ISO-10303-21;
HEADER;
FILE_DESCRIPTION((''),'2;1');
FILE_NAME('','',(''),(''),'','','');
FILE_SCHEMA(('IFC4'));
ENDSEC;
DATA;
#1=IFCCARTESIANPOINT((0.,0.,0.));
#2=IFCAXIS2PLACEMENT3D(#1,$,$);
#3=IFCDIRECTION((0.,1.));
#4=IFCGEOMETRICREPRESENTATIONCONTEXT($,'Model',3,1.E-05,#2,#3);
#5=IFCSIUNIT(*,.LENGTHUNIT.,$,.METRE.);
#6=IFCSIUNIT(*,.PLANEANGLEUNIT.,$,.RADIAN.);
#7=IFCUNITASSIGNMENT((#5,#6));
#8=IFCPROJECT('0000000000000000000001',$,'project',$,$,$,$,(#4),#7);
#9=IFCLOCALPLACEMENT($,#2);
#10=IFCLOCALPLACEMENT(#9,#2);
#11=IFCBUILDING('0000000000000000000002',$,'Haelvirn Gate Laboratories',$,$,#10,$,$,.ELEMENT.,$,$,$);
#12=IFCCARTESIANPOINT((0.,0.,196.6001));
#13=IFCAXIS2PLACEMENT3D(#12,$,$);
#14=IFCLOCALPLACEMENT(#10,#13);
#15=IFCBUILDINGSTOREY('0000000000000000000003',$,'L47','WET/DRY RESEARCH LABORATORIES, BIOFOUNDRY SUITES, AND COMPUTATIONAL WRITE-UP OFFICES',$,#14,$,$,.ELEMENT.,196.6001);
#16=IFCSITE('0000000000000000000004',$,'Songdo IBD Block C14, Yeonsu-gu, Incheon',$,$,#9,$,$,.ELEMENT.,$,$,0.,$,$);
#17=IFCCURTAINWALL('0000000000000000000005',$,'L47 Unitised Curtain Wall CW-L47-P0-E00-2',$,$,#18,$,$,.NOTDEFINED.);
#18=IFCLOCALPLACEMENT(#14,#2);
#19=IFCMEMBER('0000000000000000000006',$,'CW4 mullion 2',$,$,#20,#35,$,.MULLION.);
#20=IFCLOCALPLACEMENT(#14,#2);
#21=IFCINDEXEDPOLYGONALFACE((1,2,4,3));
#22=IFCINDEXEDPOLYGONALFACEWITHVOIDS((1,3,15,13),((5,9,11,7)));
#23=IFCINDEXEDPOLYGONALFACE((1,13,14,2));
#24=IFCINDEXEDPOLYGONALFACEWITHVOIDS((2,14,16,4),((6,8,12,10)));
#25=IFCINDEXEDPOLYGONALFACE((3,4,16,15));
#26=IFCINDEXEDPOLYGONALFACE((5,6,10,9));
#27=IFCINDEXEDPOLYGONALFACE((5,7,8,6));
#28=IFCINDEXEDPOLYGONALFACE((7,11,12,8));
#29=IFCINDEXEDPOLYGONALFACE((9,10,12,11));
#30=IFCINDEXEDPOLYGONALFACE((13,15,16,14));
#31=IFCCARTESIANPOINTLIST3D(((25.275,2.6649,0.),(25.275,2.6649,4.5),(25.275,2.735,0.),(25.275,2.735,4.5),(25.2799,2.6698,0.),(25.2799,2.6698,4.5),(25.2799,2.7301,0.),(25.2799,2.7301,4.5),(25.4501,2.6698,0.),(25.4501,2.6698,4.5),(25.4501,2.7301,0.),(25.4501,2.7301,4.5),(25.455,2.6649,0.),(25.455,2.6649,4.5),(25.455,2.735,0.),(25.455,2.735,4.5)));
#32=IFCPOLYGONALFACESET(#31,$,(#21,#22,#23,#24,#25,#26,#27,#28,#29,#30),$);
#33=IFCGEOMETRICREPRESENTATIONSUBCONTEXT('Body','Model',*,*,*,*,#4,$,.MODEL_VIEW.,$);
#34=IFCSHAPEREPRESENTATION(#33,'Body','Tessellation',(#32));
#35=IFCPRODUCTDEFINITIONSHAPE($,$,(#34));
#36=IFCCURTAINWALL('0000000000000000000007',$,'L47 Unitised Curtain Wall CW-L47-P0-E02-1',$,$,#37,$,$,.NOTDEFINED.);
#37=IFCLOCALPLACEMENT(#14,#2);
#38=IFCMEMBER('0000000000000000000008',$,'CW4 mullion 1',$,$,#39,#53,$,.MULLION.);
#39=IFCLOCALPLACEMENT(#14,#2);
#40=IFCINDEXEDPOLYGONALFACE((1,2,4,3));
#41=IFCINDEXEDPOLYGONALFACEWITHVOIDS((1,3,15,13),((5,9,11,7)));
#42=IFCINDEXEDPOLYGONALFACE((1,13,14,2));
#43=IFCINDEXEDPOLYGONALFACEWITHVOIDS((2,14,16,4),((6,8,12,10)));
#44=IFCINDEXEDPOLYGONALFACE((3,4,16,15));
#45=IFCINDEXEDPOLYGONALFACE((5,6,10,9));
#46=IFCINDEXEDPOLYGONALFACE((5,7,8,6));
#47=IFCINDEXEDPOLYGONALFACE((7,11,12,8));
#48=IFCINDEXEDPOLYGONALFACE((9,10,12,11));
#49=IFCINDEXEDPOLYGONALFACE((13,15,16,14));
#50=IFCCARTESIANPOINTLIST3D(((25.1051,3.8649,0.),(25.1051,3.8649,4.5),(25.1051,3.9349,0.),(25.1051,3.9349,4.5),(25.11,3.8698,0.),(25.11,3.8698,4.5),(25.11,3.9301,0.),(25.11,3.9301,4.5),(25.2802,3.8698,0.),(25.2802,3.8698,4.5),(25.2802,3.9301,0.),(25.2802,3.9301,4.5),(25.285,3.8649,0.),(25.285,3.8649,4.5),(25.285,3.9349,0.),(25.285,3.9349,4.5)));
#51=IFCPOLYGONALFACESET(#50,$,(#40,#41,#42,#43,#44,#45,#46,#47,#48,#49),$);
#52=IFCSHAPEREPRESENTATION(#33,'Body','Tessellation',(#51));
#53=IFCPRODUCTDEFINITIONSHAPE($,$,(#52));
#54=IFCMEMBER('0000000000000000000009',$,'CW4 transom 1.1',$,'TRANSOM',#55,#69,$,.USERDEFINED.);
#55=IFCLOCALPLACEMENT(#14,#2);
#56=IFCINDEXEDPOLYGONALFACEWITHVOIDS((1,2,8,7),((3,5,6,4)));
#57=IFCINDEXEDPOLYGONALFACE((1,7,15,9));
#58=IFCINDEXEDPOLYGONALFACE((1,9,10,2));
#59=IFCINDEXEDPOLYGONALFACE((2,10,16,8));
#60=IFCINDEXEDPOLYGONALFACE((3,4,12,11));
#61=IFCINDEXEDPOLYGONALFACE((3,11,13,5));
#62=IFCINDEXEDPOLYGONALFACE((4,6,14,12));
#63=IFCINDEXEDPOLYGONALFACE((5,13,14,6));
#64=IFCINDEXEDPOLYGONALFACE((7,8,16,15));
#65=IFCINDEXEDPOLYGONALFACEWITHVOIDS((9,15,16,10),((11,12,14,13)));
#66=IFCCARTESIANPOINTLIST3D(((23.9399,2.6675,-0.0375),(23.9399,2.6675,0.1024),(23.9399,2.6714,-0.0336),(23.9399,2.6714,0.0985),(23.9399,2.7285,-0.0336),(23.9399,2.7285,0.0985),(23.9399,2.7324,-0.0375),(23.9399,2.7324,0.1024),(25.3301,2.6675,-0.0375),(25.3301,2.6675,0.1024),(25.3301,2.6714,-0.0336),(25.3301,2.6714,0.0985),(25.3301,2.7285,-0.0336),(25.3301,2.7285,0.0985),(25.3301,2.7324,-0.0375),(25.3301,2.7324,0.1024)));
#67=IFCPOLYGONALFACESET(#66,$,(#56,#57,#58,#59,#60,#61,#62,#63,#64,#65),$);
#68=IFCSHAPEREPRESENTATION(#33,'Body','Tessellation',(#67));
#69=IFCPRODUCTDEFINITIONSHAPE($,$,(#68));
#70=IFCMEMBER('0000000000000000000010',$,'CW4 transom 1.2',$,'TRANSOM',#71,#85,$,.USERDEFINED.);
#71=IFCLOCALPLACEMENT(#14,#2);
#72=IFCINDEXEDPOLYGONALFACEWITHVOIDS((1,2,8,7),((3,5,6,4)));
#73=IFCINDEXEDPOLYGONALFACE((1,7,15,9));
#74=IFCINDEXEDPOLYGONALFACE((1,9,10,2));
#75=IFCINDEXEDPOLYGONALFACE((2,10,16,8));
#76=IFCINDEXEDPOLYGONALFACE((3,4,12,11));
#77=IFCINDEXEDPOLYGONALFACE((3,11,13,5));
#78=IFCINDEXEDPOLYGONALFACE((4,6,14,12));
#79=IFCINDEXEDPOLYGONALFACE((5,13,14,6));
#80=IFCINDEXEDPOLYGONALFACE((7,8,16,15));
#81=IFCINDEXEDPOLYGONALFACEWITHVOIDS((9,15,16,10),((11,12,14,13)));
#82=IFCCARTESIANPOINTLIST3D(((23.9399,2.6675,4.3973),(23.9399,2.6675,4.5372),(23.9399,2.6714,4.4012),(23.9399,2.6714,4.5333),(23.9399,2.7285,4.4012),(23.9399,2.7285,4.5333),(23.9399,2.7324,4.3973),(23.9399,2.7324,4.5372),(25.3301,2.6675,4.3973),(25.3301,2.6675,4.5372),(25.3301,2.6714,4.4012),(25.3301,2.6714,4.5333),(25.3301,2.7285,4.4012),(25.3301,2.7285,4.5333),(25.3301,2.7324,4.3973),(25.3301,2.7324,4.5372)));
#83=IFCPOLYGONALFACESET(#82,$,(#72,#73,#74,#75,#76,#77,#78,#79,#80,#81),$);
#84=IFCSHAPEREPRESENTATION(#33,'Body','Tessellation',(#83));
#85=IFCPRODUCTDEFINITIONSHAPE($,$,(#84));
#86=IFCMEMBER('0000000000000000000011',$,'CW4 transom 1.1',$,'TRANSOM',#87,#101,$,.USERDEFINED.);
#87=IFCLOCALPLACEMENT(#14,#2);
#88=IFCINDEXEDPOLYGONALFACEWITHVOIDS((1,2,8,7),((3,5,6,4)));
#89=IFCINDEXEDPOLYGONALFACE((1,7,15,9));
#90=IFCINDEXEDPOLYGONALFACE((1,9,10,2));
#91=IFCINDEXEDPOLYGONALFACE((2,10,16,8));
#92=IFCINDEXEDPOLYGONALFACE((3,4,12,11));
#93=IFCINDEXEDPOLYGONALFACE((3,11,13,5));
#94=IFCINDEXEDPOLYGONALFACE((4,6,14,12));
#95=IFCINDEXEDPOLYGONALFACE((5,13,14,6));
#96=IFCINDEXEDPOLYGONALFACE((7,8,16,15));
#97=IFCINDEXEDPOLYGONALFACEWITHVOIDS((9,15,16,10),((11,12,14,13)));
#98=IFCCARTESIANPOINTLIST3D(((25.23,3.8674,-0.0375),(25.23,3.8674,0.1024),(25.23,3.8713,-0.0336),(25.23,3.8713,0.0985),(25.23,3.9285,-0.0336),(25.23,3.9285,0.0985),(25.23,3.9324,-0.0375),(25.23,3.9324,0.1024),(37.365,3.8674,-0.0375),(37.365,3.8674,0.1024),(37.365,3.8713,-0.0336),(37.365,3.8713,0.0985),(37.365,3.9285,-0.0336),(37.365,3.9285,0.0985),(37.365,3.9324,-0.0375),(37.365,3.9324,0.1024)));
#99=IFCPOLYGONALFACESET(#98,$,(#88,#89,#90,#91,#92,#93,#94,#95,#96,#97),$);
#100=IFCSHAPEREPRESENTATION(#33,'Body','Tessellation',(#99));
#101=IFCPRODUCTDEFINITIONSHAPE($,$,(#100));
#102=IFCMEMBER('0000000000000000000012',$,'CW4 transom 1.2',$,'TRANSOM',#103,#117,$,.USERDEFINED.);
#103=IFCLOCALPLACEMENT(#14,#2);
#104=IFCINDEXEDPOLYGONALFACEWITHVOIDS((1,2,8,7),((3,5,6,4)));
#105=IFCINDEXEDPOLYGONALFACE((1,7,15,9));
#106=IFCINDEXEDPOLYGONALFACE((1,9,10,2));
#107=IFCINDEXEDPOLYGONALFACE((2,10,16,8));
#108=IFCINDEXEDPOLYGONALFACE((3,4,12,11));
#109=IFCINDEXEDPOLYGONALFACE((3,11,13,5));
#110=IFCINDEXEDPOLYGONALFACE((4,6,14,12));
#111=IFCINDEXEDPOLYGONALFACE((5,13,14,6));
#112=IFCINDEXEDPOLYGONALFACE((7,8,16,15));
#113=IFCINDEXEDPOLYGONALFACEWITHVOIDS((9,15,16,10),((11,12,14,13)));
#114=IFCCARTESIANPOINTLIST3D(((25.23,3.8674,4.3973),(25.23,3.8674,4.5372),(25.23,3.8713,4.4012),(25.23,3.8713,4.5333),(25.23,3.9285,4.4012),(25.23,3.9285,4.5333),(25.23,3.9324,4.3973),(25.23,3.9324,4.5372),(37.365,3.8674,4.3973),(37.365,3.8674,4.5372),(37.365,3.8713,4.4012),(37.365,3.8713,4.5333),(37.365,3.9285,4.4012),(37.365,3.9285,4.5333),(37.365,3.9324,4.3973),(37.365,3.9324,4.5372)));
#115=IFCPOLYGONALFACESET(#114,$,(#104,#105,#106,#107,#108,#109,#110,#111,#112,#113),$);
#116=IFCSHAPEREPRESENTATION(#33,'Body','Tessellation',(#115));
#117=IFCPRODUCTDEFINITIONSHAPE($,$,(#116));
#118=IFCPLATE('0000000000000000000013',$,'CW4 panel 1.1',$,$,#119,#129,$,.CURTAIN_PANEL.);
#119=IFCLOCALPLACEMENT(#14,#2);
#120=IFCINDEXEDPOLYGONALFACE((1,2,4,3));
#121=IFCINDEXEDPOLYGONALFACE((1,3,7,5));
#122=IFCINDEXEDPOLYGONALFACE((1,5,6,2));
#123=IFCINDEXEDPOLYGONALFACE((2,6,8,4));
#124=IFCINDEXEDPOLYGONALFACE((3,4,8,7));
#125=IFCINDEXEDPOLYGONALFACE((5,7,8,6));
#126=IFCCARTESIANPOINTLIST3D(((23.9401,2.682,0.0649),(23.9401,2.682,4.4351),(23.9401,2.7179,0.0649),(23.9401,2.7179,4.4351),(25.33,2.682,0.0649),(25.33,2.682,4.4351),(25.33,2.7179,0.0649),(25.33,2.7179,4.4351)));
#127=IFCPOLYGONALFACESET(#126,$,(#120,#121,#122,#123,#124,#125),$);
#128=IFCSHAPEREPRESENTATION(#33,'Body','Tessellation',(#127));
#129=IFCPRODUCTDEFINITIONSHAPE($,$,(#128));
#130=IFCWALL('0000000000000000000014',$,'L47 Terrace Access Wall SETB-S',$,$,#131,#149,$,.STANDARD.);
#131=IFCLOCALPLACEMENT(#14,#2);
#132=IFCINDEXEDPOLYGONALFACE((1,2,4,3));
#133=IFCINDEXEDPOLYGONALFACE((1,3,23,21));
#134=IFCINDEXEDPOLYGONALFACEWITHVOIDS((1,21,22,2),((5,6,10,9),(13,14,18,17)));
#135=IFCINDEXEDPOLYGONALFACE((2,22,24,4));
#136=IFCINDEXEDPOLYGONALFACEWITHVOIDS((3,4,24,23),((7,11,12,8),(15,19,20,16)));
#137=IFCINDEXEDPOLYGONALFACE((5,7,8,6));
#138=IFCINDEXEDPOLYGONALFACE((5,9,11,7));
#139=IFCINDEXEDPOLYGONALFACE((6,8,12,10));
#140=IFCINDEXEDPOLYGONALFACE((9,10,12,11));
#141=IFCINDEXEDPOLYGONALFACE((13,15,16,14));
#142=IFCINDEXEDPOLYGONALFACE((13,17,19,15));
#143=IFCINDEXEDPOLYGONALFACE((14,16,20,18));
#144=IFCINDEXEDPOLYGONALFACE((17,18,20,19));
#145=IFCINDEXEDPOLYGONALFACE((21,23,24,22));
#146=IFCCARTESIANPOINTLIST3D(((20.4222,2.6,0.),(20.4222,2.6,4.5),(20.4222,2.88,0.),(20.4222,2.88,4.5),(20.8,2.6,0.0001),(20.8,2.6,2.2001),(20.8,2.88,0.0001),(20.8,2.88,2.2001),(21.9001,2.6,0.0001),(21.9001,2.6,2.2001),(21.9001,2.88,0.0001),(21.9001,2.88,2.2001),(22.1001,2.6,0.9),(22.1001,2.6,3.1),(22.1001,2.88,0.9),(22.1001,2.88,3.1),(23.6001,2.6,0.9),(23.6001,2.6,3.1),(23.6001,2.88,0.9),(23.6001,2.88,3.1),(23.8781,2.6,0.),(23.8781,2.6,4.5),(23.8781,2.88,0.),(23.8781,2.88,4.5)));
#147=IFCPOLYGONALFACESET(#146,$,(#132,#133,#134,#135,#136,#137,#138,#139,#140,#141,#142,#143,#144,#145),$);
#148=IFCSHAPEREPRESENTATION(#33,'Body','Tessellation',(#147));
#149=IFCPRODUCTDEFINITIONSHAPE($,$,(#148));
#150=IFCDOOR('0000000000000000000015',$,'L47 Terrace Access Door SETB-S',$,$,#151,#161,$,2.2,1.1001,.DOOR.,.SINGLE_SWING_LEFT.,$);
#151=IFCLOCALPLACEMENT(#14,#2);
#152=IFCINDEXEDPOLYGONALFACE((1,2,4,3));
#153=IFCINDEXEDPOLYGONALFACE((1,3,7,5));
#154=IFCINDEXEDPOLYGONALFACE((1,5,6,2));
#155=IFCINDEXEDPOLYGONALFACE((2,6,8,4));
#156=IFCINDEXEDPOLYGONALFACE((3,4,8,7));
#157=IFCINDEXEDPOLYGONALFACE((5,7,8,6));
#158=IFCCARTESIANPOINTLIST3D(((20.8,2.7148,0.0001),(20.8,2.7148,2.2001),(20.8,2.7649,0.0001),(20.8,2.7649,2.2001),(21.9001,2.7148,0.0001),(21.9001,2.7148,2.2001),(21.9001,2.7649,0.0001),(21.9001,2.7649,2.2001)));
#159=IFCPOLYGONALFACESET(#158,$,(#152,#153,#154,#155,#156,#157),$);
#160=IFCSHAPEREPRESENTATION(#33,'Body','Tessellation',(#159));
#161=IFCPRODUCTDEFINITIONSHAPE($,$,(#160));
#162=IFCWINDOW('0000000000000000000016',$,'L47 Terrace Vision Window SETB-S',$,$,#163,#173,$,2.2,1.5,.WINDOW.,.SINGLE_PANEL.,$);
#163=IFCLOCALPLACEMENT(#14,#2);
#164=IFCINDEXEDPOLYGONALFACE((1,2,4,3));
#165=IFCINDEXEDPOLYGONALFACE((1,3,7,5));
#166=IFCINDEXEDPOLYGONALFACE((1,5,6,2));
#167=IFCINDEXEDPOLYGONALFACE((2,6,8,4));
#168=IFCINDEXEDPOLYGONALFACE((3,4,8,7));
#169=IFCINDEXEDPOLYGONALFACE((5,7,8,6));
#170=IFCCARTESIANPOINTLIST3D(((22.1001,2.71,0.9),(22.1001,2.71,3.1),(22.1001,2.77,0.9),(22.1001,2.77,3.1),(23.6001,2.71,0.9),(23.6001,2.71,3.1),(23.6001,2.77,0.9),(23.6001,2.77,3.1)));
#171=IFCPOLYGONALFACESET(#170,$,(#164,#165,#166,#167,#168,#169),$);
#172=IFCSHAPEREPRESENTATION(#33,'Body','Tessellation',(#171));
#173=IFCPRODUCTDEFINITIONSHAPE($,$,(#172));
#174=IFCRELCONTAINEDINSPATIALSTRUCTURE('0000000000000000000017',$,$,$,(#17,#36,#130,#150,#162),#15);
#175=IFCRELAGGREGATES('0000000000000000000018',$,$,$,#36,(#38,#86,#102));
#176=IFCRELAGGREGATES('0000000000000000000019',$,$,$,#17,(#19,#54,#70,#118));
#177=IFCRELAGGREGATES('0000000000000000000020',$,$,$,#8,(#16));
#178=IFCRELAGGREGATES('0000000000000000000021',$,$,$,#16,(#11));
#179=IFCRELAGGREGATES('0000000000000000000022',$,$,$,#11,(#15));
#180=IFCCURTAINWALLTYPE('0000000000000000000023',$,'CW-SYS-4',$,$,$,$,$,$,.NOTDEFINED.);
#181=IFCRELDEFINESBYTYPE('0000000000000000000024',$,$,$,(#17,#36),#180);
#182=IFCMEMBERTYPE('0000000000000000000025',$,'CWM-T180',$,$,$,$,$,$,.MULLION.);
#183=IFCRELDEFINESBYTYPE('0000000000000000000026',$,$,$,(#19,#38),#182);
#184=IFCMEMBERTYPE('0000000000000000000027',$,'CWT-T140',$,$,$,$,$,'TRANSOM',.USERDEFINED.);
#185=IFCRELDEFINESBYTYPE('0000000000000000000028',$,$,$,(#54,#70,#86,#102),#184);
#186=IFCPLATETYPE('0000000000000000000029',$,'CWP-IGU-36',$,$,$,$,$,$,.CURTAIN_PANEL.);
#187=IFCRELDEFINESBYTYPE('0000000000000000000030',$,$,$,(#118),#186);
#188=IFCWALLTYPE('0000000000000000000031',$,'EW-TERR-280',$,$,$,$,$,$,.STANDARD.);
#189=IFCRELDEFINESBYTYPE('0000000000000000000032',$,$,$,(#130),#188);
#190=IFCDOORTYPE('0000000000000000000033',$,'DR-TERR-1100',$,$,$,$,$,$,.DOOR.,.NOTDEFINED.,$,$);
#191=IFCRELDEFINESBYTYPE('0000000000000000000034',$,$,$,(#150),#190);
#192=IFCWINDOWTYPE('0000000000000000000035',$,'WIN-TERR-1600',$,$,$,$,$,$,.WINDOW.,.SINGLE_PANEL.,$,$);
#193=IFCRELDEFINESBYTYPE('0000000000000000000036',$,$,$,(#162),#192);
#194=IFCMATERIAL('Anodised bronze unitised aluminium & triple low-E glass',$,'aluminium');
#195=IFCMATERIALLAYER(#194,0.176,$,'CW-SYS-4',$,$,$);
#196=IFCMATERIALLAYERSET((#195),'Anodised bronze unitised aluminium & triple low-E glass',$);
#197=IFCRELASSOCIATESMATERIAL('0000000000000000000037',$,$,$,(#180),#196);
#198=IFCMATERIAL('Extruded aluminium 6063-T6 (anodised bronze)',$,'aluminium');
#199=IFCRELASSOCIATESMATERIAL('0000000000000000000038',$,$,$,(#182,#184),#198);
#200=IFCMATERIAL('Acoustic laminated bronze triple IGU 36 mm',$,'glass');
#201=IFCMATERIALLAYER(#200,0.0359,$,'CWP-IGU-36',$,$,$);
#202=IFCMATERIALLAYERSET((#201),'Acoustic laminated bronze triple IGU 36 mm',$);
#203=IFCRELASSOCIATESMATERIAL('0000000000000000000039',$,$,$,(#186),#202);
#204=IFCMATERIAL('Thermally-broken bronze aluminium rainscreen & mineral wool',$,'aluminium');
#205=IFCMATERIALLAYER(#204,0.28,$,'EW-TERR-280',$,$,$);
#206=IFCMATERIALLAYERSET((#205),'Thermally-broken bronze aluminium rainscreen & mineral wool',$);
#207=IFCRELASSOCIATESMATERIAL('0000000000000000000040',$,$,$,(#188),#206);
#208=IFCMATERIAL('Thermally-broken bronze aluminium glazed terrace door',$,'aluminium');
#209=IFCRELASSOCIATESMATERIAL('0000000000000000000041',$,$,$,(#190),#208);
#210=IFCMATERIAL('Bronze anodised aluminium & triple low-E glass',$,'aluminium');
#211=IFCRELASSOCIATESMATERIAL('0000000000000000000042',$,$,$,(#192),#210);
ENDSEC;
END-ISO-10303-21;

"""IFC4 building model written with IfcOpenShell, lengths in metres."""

from ifc_helpers import new_model, si_unit, direction, frame, frame_2d, origin, origin_2d, place, context, subcontext, project, spatial, rectangle, hollow_rectangle, extrude, source, transform, mapped, material, layer, layer_set, material_profile, profile_set, type_object, type_shapes, element, fill, aggregate, save


model = new_model("IFC4")

# Units and contexts
model_context = context("Model", 3, precision=1e-05, world=origin(), true_north=direction((0.0, 1.0)))
body_context = subcontext(model_context, "Body", "Model", "MODEL_VIEW")
ifc_project = project(units=[si_unit("LENGTHUNIT", "METRE"), si_unit("PLANEANGLEUNIT", "RADIAN")], contexts=[model_context])

# Site, building, storey
site_placement = place(None, origin())
site = spatial("IfcSite", under=ifc_project, at=site_placement, Name="Songdo IBD Block C14, Yeonsu-gu, Incheon", CompositionType="ELEMENT", RefElevation=0.0)
building_placement = place(site_placement, origin())
building = spatial("IfcBuilding", under=site, at=building_placement, Name="Haelvirn Gate Laboratories", CompositionType="ELEMENT")
storey_placement = place(building_placement, frame((0.0, 0.0, 196.6001)))
storey = spatial("IfcBuildingStorey", under=building, at=storey_placement, Name="L47", Description="WET/DRY RESEARCH LABORATORIES, BIOFOUNDRY SUITES, AND COMPUTATIONAL WRITE-UP OFFICES", CompositionType="ELEMENT", Elevation=196.6001)

# Shared definitions
ifc_material_1 = material(Name="Anodised bronze unitised aluminium & triple low-E glass", Category="aluminium")
ifc_layer_1 = layer(ifc_material_1, 0.176, Name="CW-SYS-4")
ifc_layer_set_1 = layer_set([ifc_layer_1], Name="Anodised bronze unitised aluminium & triple low-E glass")
curtain_wall_type = type_object("IfcCurtainWallType", Name="CW-SYS-4", PredefinedType="NOTDEFINED", material=ifc_layer_set_1)
ifc_material_2 = material(Name="Extruded aluminium 6063-T6 (anodised bronze)", Category="aluminium")
ifc_material_profile_1 = material_profile(ifc_material_2, hollow_rectangle(XDim=0.0701, YDim=0.1799, WallThickness=0.0049, at=origin_2d()), Name="CWM-180x70x5")
ifc_profile_set_1 = profile_set([ifc_material_profile_1], Name="Extruded aluminium 6063-T6 (anodised bronze)")
member_type_1 = type_object("IfcMemberType", Name="CWM-T180", PredefinedType="MULLION", material=ifc_profile_set_1)
shared_shape_1 = source(origin(), body_context, "Body", "SweptSolid", [
    extrude(hollow_rectangle(XDim=0.0701, YDim=0.1799, WallThickness=0.0049, at=origin_2d()), origin(), (0.0, 0.0, 1.0), 4.5),
])
type_shapes(member_type_1, [shared_shape_1])

# Curtain wall, member
curtain_wall_1_placement = place(storey_placement, origin())
curtain_wall_1 = element("IfcCurtainWall", 1, at=curtain_wall_1_placement, inside=storey, type_object=curtain_wall_type, Name="L47 Unitised Curtain Wall CW-L47-P0-E00-2", PredefinedType="NOTDEFINED")
member_1_placement = place(storey_placement, frame((25.365, 2.7, 0.0), z_axis=(0.0, 0.0, 1.0), x_axis=(0.0, 1.0, 0.0)))
member_1 = element("IfcMember", 2, at=member_1_placement, type_object=member_type_1, Name="CW4 mullion 2", PredefinedType="MULLION", context=body_context, shape_type="MappedRepresentation", body=[
    mapped(shared_shape_1, transform((0.0, 0.0, 0.0), scale=1.0)),
])

# Curtain wall, member
curtain_wall_2_placement = place(storey_placement, origin())
curtain_wall_2 = element("IfcCurtainWall", 3, at=curtain_wall_2_placement, inside=storey, type_object=curtain_wall_type, Name="L47 Unitised Curtain Wall CW-L47-P0-E02-1", PredefinedType="NOTDEFINED")
member_2_placement = place(storey_placement, frame((25.1951, 3.8999, 0.0), z_axis=(0.0, 0.0, 1.0), x_axis=(0.0, 1.0, 0.0)))
member_2 = element("IfcMember", 4, at=member_2_placement, type_object=member_type_1, Name="CW4 mullion 1", PredefinedType="MULLION", context=body_context, shape_type="MappedRepresentation", body=[
    mapped(shared_shape_1, transform((0.0, 0.0, 0.0), scale=1.0)),
])

# Members
ifc_material_profile_2 = material_profile(ifc_material_2, hollow_rectangle(XDim=0.0649, YDim=0.1399, WallThickness=0.0039, at=origin_2d()), Name="CWT-140x65x4")
ifc_profile_set_2 = profile_set([ifc_material_profile_2], Name="Extruded aluminium 6063-T6 (anodised bronze)")
member_type_2 = type_object("IfcMemberType", Name="CWT-T140", ElementType="TRANSOM", PredefinedType="USERDEFINED", material=ifc_profile_set_2)
shared_shape_2 = source(origin(), body_context, "Body", "SweptSolid", [
    extrude(hollow_rectangle(XDim=0.0649, YDim=0.1399, WallThickness=0.0039, at=origin_2d()), origin(), (0.0, 0.0, 1.0), 1.3901),
])
member_3_placement = place(storey_placement, frame((23.9399, 2.7, 0.0325), z_axis=(1.0, 0.0, 0.0), x_axis=(0.0, 1.0, 0.0)))
member_3 = element("IfcMember", 5, at=member_3_placement, type_object=member_type_2, Name="CW4 transom 1.1", ObjectType="TRANSOM", PredefinedType="USERDEFINED", context=body_context, shape_type="MappedRepresentation", body=[
    mapped(shared_shape_2, transform((0.0, 0.0, 0.0), scale=1.0)),
])
member_4_placement = place(storey_placement, frame((23.9399, 2.7, 4.4673), z_axis=(1.0, 0.0, 0.0), x_axis=(0.0, 1.0, 0.0)))
member_4 = element("IfcMember", 6, at=member_4_placement, type_object=member_type_2, Name="CW4 transom 1.2", ObjectType="TRANSOM", PredefinedType="USERDEFINED", context=body_context, shape_type="MappedRepresentation", body=[
    mapped(shared_shape_2, transform((0.0, 0.0, 0.0), scale=1.0)),
])
shared_shape_3 = source(origin(), body_context, "Body", "SweptSolid", [
    extrude(hollow_rectangle(XDim=0.0649, YDim=0.1399, WallThickness=0.0039, at=origin_2d()), origin(), (0.0, 0.0, 1.0), 12.135),
])
type_shapes(member_type_2, [shared_shape_2, shared_shape_3])
member_5_placement = place(storey_placement, frame((25.23, 3.8999, 0.0325), z_axis=(1.0, 0.0, 0.0), x_axis=(0.0, 1.0, 0.0)))
member_5 = element("IfcMember", 7, at=member_5_placement, type_object=member_type_2, Name="CW4 transom 1.1", ObjectType="TRANSOM", PredefinedType="USERDEFINED", context=body_context, shape_type="MappedRepresentation", body=[
    mapped(shared_shape_3, transform((0.0, 0.0, 0.0), scale=1.0)),
])
member_6_placement = place(storey_placement, frame((25.23, 3.8999, 4.4673), z_axis=(1.0, 0.0, 0.0), x_axis=(0.0, 1.0, 0.0)))
member_6 = element("IfcMember", 8, at=member_6_placement, type_object=member_type_2, Name="CW4 transom 1.2", ObjectType="TRANSOM", PredefinedType="USERDEFINED", context=body_context, shape_type="MappedRepresentation", body=[
    mapped(shared_shape_3, transform((0.0, 0.0, 0.0), scale=1.0)),
])
aggregate(curtain_wall_2, [member_2, member_5, member_6])

# Plate
ifc_material_3 = material(Name="Acoustic laminated bronze triple IGU 36 mm", Category="glass")
ifc_layer_2 = layer(ifc_material_3, 0.0359, Name="CWP-IGU-36")
ifc_layer_set_2 = layer_set([ifc_layer_2], Name="Acoustic laminated bronze triple IGU 36 mm")
plate_type = type_object("IfcPlateType", Name="CWP-IGU-36", PredefinedType="CURTAIN_PANEL", material=ifc_layer_set_2)
shared_shape_4 = source(origin(), body_context, "Body", "SweptSolid", [
    extrude(rectangle(XDim=1.3899, YDim=0.0359, at=origin_2d()), origin(), (0.0, 0.0, 1.0), 4.3701),
])
type_shapes(plate_type, [shared_shape_4])
plate_placement = place(storey_placement, frame((24.635, 2.7, 0.0649), z_axis=(0.0, 0.0, 1.0), x_axis=(1.0, 0.0, 0.0)))
plate = element("IfcPlate", 9, at=plate_placement, type_object=plate_type, Name="CW4 panel 1.1", PredefinedType="CURTAIN_PANEL", context=body_context, shape_type="MappedRepresentation", body=[
    mapped(shared_shape_4, transform((0.0, 0.0, 0.0), scale=1.0)),
])
aggregate(curtain_wall_1, [member_1, member_3, member_4, plate])

# Wall, openings, door, window
ifc_material_4 = material(Name="Thermally-broken bronze aluminium rainscreen & mineral wool", Category="aluminium")
ifc_layer_3 = layer(ifc_material_4, 0.28, Name="EW-TERR-280")
ifc_layer_set_3 = layer_set([ifc_layer_3], Name="Thermally-broken bronze aluminium rainscreen & mineral wool")
wall_type_1 = type_object("IfcWallType", Name="EW-TERR-280", PredefinedType="STANDARD", material=ifc_layer_set_3)
wall_1_placement = place(storey_placement, frame((20.4221, 2.74, 0.0), z_axis=(0.0, 0.0, 1.0), x_axis=(1.0, 0.0, 0.0)))
wall_1 = element("IfcWall", 10, at=wall_1_placement, inside=storey, type_object=wall_type_1, Name="L47 Terrace Access Wall SETB-S", PredefinedType="STANDARD", context=body_context, shape_type="SweptSolid", body=[
    extrude(rectangle(XDim=3.4558, YDim=0.28, at=frame_2d((1.728, 0.0))), origin(), (0.0, 0.0, 1.0), 4.5),
])
opening_1_placement = place(wall_1_placement, frame((0.3779, 0.0, 0.0)))
opening_1 = element("IfcOpeningElement", 11, at=opening_1_placement, cuts=wall_1, PredefinedType="OPENING", context=body_context, shape_type="SweptSolid", body=[
    extrude(rectangle(XDim=1.1001, YDim=2.2, at=frame_2d((0.55, 1.1001))), frame((0.0, 0.1499, 0.0), z_axis=(0.0, -1.0, 0.0), x_axis=(1.0, 0.0, 0.0)), (0.0, 0.0, 1.0), 0.3),
])
opening_2_placement = place(wall_1_placement, frame((1.678, 0.0, 0.8999)))
opening_2 = element("IfcOpeningElement", 12, at=opening_2_placement, cuts=wall_1, PredefinedType="OPENING", context=body_context, shape_type="SweptSolid", body=[
    extrude(rectangle(XDim=1.5, YDim=2.2, at=frame_2d((0.75, 1.1001))), frame((0.0, 0.1499, 0.0), z_axis=(0.0, -1.0, 0.0), x_axis=(1.0, 0.0, 0.0)), (0.0, 0.0, 1.0), 0.3),
])
ifc_material_5 = material(Name="Thermally-broken bronze aluminium glazed terrace door", Category="aluminium")
door_type_1 = type_object("IfcDoorType", Name="DR-TERR-1100", OperationType="NOTDEFINED", PredefinedType="DOOR", material=ifc_material_5)
shared_shape_5 = source(origin(), body_context, "Body", "SweptSolid", [
    extrude(rectangle(XDim=1.1001, YDim=2.2, at=frame_2d((0.55, 1.1001))), frame((0.0, 0.0249, 0.0), z_axis=(0.0, -1.0, 0.0), x_axis=(1.0, 0.0, 0.0)), (0.0, 0.0, 1.0), 0.05),
])
type_shapes(door_type_1, [shared_shape_5])
door_1_placement = place(opening_1_placement, origin())
door_1 = element("IfcDoor", 13, at=door_1_placement, inside=storey, type_object=door_type_1, Name="L47 Terrace Access Door SETB-S", OperationType="SINGLE_SWING_LEFT", OverallHeight=2.2, OverallWidth=1.1001, PredefinedType="DOOR", context=body_context, shape_type="MappedRepresentation", body=[
    mapped(shared_shape_5, transform((0.0, 0.0, 0.0), scale=1.0)),
])
fill(opening_1, door_1)
ifc_material_6 = material(Name="Bronze anodised aluminium & triple low-E glass", Category="aluminium")
window_type_1 = type_object("IfcWindowType", Name="WIN-TERR-1600", PartitioningType="SINGLE_PANEL", PredefinedType="WINDOW", material=ifc_material_6)
shared_shape_6 = source(origin(), body_context, "Body", "SweptSolid", [
    extrude(rectangle(XDim=1.5, YDim=2.2, at=frame_2d((0.75, 1.1001))), frame((0.0, 0.03, 0.0), z_axis=(0.0, -1.0, 0.0), x_axis=(1.0, 0.0, 0.0)), (0.0, 0.0, 1.0), 0.0601),
])
type_shapes(window_type_1, [shared_shape_6])
window_1_placement = place(opening_2_placement, origin())
window_1 = element("IfcWindow", 14, at=window_1_placement, inside=storey, type_object=window_type_1, Name="L47 Terrace Vision Window SETB-S", OverallHeight=2.2, OverallWidth=1.5, PartitioningType="SINGLE_PANEL", PredefinedType="WINDOW", context=body_context, shape_type="MappedRepresentation", body=[
    mapped(shared_shape_6, transform((0.0, 0.0, 0.0), scale=1.0)),
])
fill(opening_2, window_1)

save(model, "model.ifc")
